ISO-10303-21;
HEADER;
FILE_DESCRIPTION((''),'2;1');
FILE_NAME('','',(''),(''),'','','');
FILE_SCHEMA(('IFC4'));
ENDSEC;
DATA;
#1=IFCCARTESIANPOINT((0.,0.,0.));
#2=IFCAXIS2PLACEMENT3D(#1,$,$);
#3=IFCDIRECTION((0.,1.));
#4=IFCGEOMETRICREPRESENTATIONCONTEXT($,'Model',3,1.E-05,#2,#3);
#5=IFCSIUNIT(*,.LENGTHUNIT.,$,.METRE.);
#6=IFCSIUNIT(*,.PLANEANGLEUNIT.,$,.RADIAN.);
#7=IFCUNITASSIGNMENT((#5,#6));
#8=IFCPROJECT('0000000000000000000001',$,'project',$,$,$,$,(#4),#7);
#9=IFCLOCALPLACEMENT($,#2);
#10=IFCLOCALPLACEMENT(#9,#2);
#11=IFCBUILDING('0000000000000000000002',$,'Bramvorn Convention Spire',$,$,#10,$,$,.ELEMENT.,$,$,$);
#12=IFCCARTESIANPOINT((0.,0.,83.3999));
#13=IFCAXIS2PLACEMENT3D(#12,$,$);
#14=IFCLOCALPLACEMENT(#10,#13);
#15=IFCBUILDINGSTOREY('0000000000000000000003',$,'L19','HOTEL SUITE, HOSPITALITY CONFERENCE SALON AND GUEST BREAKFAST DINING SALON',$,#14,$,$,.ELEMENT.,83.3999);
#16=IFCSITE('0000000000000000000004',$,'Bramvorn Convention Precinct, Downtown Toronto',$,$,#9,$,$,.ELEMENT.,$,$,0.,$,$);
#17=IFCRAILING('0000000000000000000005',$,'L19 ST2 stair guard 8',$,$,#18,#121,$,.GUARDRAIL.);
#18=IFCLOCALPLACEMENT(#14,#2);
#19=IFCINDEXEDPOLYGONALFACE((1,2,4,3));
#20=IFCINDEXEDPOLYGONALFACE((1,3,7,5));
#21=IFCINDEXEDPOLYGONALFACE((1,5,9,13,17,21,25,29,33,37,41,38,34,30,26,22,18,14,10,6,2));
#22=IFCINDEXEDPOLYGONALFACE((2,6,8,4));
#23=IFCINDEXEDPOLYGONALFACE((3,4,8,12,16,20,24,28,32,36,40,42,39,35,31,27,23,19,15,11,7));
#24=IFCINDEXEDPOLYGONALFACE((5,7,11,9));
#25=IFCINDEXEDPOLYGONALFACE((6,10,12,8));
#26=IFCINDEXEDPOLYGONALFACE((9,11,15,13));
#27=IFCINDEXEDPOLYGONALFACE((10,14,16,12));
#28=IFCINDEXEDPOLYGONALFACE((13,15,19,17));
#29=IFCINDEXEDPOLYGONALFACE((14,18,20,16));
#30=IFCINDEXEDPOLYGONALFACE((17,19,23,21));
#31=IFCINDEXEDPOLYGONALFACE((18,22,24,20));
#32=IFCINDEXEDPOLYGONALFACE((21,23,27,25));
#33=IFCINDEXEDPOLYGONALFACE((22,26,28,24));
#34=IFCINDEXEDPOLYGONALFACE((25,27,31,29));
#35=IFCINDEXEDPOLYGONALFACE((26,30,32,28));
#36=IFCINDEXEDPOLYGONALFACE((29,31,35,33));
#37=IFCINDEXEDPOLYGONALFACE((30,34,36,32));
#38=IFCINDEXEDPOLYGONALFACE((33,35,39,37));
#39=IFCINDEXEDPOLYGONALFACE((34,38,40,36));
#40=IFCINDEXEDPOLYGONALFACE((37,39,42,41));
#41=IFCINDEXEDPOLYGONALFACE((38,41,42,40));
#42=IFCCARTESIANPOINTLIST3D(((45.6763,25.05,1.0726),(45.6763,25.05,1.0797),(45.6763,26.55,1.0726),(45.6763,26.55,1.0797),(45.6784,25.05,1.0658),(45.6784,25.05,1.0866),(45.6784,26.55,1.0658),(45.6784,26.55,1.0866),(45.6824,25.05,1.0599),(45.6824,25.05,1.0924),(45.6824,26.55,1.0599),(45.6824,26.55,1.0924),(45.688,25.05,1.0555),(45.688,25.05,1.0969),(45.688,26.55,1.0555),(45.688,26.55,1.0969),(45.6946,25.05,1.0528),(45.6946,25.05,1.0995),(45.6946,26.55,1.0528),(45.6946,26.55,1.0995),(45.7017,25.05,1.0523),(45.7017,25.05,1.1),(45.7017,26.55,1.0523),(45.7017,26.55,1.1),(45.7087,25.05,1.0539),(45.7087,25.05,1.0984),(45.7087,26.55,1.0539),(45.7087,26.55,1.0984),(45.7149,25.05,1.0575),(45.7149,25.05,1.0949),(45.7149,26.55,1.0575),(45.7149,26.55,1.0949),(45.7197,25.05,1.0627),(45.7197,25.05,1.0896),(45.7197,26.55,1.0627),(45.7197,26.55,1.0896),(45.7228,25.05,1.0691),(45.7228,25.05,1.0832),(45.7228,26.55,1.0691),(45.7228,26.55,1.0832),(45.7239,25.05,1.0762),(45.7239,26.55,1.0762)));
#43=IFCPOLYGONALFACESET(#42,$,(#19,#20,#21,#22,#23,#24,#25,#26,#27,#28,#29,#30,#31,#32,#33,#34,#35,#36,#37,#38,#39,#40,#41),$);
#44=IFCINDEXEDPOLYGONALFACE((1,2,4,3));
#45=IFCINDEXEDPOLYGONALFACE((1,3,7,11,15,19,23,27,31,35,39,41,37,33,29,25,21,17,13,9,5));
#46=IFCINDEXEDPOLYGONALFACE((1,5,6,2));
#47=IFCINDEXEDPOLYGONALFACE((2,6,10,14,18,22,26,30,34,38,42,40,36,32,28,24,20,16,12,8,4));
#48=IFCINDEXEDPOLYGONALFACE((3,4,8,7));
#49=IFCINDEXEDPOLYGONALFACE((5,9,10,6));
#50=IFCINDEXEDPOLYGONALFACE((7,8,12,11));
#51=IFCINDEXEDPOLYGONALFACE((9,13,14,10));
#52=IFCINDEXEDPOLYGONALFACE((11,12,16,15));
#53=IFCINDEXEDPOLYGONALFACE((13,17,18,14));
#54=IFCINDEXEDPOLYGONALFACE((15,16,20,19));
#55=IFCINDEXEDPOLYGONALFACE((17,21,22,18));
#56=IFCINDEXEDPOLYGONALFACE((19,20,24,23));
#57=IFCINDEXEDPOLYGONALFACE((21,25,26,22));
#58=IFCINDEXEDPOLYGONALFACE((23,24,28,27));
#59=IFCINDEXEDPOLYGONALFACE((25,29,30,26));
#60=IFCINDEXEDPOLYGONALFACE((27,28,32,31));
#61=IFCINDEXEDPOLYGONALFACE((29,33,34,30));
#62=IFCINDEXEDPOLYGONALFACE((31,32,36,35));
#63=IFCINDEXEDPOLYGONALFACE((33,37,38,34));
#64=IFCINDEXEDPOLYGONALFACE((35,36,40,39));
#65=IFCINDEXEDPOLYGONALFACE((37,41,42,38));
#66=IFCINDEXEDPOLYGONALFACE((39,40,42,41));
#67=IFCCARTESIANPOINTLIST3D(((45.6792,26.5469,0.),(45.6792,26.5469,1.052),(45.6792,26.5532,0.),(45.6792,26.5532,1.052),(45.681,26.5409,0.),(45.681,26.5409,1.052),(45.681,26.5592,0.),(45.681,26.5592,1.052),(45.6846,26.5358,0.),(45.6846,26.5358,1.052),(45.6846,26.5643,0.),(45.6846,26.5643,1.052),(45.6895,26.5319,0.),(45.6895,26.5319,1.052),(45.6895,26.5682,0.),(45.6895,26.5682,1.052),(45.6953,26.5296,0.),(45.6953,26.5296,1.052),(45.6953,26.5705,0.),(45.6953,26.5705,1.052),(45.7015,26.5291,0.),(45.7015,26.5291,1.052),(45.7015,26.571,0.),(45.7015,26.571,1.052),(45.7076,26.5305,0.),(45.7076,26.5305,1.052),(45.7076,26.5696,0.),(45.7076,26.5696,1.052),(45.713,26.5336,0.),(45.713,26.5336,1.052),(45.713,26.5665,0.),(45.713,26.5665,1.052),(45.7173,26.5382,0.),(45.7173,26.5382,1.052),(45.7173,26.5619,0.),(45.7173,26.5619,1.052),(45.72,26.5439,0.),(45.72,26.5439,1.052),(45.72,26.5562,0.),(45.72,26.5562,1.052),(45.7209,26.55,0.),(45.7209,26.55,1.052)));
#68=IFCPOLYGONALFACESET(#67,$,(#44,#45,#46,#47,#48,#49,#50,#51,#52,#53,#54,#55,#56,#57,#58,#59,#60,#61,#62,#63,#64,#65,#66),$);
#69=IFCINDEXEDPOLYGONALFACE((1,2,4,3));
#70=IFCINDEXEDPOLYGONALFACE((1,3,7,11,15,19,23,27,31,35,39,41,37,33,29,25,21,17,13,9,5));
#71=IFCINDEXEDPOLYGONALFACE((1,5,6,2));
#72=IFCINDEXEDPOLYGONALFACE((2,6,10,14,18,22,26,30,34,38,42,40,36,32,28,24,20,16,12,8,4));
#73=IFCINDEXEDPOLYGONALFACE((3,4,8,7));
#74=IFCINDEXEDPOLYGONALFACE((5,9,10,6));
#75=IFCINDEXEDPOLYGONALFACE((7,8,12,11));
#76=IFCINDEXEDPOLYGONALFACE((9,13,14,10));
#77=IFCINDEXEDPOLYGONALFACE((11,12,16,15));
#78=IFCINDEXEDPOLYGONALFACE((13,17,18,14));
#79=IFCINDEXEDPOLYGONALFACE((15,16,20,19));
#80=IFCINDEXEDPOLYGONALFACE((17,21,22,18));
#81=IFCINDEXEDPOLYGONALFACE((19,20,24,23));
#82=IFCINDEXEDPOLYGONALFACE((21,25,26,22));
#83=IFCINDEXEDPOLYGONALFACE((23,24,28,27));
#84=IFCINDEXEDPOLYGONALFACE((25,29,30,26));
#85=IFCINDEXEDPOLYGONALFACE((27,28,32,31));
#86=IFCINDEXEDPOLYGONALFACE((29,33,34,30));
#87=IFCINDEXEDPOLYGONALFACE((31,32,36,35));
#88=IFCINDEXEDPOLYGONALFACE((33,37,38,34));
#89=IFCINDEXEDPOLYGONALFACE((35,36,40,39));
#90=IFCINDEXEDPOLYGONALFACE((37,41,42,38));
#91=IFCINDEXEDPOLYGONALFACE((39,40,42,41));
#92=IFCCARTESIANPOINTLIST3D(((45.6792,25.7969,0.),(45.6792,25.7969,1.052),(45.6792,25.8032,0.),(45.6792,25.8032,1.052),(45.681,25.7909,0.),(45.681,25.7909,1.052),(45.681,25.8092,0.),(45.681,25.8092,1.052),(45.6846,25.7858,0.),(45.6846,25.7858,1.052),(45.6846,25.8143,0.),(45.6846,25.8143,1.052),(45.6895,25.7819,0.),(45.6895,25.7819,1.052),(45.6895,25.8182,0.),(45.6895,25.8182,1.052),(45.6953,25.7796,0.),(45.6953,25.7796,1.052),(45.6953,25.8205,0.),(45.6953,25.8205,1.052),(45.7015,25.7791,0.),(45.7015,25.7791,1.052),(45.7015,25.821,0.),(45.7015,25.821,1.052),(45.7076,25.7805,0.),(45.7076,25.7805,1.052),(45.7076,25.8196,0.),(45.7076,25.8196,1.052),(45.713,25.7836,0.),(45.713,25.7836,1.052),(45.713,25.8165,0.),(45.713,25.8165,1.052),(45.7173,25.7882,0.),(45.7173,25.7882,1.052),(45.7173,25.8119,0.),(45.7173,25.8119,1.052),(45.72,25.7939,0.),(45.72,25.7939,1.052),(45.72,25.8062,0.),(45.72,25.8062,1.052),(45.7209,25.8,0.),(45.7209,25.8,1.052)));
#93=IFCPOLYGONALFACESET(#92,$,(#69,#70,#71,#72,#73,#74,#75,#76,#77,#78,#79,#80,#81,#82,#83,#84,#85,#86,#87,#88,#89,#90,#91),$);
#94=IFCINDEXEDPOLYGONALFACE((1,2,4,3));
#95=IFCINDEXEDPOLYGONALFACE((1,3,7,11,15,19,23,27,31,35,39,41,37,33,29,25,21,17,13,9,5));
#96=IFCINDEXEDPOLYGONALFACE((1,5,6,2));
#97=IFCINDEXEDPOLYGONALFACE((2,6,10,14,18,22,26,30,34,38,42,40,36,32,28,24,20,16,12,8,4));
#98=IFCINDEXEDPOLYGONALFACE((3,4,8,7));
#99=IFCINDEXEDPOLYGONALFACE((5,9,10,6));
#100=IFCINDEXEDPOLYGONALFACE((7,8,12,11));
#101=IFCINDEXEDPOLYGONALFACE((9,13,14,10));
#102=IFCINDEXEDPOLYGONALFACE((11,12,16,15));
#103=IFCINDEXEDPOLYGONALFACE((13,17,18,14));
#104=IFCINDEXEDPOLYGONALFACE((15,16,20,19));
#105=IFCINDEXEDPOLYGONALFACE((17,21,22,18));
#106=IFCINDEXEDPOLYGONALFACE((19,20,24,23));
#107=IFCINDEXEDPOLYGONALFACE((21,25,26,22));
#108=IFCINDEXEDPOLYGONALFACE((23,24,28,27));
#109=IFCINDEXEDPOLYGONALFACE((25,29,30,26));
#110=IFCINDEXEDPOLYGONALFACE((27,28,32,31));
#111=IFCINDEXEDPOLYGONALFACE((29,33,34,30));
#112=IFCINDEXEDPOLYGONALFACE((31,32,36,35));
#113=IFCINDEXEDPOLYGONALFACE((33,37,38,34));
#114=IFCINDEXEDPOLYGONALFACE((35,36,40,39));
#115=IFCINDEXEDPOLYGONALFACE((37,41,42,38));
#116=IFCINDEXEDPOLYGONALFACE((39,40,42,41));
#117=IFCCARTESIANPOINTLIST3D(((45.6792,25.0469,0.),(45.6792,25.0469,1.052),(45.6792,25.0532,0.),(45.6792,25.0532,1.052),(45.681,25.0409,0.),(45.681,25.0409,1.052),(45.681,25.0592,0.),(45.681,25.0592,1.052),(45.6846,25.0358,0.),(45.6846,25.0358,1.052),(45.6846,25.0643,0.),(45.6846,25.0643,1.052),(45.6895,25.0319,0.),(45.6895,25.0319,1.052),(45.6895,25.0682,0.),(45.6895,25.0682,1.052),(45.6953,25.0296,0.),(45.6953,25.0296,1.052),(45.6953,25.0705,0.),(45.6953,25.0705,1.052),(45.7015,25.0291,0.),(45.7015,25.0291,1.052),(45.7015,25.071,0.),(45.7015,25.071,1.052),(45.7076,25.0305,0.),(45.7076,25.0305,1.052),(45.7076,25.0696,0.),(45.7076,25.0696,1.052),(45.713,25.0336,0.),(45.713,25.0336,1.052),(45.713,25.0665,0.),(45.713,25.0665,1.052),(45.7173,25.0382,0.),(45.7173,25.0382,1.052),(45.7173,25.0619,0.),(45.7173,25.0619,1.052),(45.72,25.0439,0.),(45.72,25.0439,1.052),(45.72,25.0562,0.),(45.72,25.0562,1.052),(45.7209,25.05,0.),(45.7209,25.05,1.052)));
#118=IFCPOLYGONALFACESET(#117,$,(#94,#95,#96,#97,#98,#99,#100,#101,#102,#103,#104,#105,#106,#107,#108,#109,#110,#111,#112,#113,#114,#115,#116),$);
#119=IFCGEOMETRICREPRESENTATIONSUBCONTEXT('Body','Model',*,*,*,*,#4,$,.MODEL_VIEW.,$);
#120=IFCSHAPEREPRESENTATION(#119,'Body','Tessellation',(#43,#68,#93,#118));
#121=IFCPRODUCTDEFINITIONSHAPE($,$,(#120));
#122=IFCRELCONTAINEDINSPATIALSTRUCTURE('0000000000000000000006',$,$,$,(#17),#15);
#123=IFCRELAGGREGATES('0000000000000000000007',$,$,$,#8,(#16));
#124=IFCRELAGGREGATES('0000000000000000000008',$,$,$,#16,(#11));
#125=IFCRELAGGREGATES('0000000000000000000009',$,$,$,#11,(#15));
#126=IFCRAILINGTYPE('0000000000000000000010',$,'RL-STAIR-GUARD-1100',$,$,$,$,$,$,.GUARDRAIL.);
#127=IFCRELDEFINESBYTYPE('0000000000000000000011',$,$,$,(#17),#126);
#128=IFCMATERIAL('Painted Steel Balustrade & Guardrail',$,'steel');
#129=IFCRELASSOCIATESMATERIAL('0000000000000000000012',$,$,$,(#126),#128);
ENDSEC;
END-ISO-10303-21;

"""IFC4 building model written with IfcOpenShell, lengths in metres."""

from ifc_helpers import new_model, si_unit, direction, frame, origin, origin_2d, place, context, subcontext, project, spatial, circle, extrude, material, type_object, element, save


model = new_model("IFC4")

# Units and contexts
model_context = context("Model", 3, precision=1e-05, world=origin(), true_north=direction((0.0, 1.0)))
body_context = subcontext(model_context, "Body", "Model", "MODEL_VIEW")
ifc_project = project(units=[si_unit("LENGTHUNIT", "METRE"), si_unit("PLANEANGLEUNIT", "RADIAN")], contexts=[model_context])

# Site, building, storey
site_placement = place(None, origin())
site = spatial("IfcSite", under=ifc_project, at=site_placement, Name="Bramvorn Convention Precinct, Downtown Toronto", CompositionType="ELEMENT", RefElevation=0.0)
building_placement = place(site_placement, origin())
building = spatial("IfcBuilding", under=site, at=building_placement, Name="Bramvorn Convention Spire", CompositionType="ELEMENT")
storey_placement = place(building_placement, frame((0.0, 0.0, 83.3999)))
storey = spatial("IfcBuildingStorey", under=building, at=storey_placement, Name="L19", Description="HOTEL SUITE, HOSPITALITY CONFERENCE SALON AND GUEST BREAKFAST DINING SALON", CompositionType="ELEMENT", Elevation=83.3999)

# Railing
ifc_material_1 = material(Name="Painted Steel Balustrade & Guardrail", Category="steel")
railing_type_1 = type_object("IfcRailingType", Name="RL-STAIR-GUARD-1100", PredefinedType="GUARDRAIL", material=ifc_material_1)
railing_1_placement = place(storey_placement, frame((45.7, 26.55, 0.0)))
element("IfcRailing", 1, at=railing_1_placement, inside=storey, type_object=railing_type_1, Name="L19 ST2 stair guard 8", PredefinedType="GUARDRAIL", context=body_context, shape_type="SweptSolid", body=[
    extrude(circle(Radius=0.0239, at=origin_2d()), frame((0.0, 0.0, 1.0762), z_axis=(0.0, -1.0, 0.0), x_axis=(1.0, 0.0, 0.0)), (0.0, 0.0, 1.0), 1.5),
    extrude(circle(Radius=0.021, at=origin_2d()), origin(), (0.0, 0.0, 1.0), 1.052),
    extrude(circle(Radius=0.021, at=origin_2d()), frame((0.0, -0.75, 0.0)), (0.0, 0.0, 1.0), 1.052),
    extrude(circle(Radius=0.021, at=origin_2d()), frame((0.0, -1.5, 0.0)), (0.0, 0.0, 1.0), 1.052),
])

save(model, "model.ifc")
